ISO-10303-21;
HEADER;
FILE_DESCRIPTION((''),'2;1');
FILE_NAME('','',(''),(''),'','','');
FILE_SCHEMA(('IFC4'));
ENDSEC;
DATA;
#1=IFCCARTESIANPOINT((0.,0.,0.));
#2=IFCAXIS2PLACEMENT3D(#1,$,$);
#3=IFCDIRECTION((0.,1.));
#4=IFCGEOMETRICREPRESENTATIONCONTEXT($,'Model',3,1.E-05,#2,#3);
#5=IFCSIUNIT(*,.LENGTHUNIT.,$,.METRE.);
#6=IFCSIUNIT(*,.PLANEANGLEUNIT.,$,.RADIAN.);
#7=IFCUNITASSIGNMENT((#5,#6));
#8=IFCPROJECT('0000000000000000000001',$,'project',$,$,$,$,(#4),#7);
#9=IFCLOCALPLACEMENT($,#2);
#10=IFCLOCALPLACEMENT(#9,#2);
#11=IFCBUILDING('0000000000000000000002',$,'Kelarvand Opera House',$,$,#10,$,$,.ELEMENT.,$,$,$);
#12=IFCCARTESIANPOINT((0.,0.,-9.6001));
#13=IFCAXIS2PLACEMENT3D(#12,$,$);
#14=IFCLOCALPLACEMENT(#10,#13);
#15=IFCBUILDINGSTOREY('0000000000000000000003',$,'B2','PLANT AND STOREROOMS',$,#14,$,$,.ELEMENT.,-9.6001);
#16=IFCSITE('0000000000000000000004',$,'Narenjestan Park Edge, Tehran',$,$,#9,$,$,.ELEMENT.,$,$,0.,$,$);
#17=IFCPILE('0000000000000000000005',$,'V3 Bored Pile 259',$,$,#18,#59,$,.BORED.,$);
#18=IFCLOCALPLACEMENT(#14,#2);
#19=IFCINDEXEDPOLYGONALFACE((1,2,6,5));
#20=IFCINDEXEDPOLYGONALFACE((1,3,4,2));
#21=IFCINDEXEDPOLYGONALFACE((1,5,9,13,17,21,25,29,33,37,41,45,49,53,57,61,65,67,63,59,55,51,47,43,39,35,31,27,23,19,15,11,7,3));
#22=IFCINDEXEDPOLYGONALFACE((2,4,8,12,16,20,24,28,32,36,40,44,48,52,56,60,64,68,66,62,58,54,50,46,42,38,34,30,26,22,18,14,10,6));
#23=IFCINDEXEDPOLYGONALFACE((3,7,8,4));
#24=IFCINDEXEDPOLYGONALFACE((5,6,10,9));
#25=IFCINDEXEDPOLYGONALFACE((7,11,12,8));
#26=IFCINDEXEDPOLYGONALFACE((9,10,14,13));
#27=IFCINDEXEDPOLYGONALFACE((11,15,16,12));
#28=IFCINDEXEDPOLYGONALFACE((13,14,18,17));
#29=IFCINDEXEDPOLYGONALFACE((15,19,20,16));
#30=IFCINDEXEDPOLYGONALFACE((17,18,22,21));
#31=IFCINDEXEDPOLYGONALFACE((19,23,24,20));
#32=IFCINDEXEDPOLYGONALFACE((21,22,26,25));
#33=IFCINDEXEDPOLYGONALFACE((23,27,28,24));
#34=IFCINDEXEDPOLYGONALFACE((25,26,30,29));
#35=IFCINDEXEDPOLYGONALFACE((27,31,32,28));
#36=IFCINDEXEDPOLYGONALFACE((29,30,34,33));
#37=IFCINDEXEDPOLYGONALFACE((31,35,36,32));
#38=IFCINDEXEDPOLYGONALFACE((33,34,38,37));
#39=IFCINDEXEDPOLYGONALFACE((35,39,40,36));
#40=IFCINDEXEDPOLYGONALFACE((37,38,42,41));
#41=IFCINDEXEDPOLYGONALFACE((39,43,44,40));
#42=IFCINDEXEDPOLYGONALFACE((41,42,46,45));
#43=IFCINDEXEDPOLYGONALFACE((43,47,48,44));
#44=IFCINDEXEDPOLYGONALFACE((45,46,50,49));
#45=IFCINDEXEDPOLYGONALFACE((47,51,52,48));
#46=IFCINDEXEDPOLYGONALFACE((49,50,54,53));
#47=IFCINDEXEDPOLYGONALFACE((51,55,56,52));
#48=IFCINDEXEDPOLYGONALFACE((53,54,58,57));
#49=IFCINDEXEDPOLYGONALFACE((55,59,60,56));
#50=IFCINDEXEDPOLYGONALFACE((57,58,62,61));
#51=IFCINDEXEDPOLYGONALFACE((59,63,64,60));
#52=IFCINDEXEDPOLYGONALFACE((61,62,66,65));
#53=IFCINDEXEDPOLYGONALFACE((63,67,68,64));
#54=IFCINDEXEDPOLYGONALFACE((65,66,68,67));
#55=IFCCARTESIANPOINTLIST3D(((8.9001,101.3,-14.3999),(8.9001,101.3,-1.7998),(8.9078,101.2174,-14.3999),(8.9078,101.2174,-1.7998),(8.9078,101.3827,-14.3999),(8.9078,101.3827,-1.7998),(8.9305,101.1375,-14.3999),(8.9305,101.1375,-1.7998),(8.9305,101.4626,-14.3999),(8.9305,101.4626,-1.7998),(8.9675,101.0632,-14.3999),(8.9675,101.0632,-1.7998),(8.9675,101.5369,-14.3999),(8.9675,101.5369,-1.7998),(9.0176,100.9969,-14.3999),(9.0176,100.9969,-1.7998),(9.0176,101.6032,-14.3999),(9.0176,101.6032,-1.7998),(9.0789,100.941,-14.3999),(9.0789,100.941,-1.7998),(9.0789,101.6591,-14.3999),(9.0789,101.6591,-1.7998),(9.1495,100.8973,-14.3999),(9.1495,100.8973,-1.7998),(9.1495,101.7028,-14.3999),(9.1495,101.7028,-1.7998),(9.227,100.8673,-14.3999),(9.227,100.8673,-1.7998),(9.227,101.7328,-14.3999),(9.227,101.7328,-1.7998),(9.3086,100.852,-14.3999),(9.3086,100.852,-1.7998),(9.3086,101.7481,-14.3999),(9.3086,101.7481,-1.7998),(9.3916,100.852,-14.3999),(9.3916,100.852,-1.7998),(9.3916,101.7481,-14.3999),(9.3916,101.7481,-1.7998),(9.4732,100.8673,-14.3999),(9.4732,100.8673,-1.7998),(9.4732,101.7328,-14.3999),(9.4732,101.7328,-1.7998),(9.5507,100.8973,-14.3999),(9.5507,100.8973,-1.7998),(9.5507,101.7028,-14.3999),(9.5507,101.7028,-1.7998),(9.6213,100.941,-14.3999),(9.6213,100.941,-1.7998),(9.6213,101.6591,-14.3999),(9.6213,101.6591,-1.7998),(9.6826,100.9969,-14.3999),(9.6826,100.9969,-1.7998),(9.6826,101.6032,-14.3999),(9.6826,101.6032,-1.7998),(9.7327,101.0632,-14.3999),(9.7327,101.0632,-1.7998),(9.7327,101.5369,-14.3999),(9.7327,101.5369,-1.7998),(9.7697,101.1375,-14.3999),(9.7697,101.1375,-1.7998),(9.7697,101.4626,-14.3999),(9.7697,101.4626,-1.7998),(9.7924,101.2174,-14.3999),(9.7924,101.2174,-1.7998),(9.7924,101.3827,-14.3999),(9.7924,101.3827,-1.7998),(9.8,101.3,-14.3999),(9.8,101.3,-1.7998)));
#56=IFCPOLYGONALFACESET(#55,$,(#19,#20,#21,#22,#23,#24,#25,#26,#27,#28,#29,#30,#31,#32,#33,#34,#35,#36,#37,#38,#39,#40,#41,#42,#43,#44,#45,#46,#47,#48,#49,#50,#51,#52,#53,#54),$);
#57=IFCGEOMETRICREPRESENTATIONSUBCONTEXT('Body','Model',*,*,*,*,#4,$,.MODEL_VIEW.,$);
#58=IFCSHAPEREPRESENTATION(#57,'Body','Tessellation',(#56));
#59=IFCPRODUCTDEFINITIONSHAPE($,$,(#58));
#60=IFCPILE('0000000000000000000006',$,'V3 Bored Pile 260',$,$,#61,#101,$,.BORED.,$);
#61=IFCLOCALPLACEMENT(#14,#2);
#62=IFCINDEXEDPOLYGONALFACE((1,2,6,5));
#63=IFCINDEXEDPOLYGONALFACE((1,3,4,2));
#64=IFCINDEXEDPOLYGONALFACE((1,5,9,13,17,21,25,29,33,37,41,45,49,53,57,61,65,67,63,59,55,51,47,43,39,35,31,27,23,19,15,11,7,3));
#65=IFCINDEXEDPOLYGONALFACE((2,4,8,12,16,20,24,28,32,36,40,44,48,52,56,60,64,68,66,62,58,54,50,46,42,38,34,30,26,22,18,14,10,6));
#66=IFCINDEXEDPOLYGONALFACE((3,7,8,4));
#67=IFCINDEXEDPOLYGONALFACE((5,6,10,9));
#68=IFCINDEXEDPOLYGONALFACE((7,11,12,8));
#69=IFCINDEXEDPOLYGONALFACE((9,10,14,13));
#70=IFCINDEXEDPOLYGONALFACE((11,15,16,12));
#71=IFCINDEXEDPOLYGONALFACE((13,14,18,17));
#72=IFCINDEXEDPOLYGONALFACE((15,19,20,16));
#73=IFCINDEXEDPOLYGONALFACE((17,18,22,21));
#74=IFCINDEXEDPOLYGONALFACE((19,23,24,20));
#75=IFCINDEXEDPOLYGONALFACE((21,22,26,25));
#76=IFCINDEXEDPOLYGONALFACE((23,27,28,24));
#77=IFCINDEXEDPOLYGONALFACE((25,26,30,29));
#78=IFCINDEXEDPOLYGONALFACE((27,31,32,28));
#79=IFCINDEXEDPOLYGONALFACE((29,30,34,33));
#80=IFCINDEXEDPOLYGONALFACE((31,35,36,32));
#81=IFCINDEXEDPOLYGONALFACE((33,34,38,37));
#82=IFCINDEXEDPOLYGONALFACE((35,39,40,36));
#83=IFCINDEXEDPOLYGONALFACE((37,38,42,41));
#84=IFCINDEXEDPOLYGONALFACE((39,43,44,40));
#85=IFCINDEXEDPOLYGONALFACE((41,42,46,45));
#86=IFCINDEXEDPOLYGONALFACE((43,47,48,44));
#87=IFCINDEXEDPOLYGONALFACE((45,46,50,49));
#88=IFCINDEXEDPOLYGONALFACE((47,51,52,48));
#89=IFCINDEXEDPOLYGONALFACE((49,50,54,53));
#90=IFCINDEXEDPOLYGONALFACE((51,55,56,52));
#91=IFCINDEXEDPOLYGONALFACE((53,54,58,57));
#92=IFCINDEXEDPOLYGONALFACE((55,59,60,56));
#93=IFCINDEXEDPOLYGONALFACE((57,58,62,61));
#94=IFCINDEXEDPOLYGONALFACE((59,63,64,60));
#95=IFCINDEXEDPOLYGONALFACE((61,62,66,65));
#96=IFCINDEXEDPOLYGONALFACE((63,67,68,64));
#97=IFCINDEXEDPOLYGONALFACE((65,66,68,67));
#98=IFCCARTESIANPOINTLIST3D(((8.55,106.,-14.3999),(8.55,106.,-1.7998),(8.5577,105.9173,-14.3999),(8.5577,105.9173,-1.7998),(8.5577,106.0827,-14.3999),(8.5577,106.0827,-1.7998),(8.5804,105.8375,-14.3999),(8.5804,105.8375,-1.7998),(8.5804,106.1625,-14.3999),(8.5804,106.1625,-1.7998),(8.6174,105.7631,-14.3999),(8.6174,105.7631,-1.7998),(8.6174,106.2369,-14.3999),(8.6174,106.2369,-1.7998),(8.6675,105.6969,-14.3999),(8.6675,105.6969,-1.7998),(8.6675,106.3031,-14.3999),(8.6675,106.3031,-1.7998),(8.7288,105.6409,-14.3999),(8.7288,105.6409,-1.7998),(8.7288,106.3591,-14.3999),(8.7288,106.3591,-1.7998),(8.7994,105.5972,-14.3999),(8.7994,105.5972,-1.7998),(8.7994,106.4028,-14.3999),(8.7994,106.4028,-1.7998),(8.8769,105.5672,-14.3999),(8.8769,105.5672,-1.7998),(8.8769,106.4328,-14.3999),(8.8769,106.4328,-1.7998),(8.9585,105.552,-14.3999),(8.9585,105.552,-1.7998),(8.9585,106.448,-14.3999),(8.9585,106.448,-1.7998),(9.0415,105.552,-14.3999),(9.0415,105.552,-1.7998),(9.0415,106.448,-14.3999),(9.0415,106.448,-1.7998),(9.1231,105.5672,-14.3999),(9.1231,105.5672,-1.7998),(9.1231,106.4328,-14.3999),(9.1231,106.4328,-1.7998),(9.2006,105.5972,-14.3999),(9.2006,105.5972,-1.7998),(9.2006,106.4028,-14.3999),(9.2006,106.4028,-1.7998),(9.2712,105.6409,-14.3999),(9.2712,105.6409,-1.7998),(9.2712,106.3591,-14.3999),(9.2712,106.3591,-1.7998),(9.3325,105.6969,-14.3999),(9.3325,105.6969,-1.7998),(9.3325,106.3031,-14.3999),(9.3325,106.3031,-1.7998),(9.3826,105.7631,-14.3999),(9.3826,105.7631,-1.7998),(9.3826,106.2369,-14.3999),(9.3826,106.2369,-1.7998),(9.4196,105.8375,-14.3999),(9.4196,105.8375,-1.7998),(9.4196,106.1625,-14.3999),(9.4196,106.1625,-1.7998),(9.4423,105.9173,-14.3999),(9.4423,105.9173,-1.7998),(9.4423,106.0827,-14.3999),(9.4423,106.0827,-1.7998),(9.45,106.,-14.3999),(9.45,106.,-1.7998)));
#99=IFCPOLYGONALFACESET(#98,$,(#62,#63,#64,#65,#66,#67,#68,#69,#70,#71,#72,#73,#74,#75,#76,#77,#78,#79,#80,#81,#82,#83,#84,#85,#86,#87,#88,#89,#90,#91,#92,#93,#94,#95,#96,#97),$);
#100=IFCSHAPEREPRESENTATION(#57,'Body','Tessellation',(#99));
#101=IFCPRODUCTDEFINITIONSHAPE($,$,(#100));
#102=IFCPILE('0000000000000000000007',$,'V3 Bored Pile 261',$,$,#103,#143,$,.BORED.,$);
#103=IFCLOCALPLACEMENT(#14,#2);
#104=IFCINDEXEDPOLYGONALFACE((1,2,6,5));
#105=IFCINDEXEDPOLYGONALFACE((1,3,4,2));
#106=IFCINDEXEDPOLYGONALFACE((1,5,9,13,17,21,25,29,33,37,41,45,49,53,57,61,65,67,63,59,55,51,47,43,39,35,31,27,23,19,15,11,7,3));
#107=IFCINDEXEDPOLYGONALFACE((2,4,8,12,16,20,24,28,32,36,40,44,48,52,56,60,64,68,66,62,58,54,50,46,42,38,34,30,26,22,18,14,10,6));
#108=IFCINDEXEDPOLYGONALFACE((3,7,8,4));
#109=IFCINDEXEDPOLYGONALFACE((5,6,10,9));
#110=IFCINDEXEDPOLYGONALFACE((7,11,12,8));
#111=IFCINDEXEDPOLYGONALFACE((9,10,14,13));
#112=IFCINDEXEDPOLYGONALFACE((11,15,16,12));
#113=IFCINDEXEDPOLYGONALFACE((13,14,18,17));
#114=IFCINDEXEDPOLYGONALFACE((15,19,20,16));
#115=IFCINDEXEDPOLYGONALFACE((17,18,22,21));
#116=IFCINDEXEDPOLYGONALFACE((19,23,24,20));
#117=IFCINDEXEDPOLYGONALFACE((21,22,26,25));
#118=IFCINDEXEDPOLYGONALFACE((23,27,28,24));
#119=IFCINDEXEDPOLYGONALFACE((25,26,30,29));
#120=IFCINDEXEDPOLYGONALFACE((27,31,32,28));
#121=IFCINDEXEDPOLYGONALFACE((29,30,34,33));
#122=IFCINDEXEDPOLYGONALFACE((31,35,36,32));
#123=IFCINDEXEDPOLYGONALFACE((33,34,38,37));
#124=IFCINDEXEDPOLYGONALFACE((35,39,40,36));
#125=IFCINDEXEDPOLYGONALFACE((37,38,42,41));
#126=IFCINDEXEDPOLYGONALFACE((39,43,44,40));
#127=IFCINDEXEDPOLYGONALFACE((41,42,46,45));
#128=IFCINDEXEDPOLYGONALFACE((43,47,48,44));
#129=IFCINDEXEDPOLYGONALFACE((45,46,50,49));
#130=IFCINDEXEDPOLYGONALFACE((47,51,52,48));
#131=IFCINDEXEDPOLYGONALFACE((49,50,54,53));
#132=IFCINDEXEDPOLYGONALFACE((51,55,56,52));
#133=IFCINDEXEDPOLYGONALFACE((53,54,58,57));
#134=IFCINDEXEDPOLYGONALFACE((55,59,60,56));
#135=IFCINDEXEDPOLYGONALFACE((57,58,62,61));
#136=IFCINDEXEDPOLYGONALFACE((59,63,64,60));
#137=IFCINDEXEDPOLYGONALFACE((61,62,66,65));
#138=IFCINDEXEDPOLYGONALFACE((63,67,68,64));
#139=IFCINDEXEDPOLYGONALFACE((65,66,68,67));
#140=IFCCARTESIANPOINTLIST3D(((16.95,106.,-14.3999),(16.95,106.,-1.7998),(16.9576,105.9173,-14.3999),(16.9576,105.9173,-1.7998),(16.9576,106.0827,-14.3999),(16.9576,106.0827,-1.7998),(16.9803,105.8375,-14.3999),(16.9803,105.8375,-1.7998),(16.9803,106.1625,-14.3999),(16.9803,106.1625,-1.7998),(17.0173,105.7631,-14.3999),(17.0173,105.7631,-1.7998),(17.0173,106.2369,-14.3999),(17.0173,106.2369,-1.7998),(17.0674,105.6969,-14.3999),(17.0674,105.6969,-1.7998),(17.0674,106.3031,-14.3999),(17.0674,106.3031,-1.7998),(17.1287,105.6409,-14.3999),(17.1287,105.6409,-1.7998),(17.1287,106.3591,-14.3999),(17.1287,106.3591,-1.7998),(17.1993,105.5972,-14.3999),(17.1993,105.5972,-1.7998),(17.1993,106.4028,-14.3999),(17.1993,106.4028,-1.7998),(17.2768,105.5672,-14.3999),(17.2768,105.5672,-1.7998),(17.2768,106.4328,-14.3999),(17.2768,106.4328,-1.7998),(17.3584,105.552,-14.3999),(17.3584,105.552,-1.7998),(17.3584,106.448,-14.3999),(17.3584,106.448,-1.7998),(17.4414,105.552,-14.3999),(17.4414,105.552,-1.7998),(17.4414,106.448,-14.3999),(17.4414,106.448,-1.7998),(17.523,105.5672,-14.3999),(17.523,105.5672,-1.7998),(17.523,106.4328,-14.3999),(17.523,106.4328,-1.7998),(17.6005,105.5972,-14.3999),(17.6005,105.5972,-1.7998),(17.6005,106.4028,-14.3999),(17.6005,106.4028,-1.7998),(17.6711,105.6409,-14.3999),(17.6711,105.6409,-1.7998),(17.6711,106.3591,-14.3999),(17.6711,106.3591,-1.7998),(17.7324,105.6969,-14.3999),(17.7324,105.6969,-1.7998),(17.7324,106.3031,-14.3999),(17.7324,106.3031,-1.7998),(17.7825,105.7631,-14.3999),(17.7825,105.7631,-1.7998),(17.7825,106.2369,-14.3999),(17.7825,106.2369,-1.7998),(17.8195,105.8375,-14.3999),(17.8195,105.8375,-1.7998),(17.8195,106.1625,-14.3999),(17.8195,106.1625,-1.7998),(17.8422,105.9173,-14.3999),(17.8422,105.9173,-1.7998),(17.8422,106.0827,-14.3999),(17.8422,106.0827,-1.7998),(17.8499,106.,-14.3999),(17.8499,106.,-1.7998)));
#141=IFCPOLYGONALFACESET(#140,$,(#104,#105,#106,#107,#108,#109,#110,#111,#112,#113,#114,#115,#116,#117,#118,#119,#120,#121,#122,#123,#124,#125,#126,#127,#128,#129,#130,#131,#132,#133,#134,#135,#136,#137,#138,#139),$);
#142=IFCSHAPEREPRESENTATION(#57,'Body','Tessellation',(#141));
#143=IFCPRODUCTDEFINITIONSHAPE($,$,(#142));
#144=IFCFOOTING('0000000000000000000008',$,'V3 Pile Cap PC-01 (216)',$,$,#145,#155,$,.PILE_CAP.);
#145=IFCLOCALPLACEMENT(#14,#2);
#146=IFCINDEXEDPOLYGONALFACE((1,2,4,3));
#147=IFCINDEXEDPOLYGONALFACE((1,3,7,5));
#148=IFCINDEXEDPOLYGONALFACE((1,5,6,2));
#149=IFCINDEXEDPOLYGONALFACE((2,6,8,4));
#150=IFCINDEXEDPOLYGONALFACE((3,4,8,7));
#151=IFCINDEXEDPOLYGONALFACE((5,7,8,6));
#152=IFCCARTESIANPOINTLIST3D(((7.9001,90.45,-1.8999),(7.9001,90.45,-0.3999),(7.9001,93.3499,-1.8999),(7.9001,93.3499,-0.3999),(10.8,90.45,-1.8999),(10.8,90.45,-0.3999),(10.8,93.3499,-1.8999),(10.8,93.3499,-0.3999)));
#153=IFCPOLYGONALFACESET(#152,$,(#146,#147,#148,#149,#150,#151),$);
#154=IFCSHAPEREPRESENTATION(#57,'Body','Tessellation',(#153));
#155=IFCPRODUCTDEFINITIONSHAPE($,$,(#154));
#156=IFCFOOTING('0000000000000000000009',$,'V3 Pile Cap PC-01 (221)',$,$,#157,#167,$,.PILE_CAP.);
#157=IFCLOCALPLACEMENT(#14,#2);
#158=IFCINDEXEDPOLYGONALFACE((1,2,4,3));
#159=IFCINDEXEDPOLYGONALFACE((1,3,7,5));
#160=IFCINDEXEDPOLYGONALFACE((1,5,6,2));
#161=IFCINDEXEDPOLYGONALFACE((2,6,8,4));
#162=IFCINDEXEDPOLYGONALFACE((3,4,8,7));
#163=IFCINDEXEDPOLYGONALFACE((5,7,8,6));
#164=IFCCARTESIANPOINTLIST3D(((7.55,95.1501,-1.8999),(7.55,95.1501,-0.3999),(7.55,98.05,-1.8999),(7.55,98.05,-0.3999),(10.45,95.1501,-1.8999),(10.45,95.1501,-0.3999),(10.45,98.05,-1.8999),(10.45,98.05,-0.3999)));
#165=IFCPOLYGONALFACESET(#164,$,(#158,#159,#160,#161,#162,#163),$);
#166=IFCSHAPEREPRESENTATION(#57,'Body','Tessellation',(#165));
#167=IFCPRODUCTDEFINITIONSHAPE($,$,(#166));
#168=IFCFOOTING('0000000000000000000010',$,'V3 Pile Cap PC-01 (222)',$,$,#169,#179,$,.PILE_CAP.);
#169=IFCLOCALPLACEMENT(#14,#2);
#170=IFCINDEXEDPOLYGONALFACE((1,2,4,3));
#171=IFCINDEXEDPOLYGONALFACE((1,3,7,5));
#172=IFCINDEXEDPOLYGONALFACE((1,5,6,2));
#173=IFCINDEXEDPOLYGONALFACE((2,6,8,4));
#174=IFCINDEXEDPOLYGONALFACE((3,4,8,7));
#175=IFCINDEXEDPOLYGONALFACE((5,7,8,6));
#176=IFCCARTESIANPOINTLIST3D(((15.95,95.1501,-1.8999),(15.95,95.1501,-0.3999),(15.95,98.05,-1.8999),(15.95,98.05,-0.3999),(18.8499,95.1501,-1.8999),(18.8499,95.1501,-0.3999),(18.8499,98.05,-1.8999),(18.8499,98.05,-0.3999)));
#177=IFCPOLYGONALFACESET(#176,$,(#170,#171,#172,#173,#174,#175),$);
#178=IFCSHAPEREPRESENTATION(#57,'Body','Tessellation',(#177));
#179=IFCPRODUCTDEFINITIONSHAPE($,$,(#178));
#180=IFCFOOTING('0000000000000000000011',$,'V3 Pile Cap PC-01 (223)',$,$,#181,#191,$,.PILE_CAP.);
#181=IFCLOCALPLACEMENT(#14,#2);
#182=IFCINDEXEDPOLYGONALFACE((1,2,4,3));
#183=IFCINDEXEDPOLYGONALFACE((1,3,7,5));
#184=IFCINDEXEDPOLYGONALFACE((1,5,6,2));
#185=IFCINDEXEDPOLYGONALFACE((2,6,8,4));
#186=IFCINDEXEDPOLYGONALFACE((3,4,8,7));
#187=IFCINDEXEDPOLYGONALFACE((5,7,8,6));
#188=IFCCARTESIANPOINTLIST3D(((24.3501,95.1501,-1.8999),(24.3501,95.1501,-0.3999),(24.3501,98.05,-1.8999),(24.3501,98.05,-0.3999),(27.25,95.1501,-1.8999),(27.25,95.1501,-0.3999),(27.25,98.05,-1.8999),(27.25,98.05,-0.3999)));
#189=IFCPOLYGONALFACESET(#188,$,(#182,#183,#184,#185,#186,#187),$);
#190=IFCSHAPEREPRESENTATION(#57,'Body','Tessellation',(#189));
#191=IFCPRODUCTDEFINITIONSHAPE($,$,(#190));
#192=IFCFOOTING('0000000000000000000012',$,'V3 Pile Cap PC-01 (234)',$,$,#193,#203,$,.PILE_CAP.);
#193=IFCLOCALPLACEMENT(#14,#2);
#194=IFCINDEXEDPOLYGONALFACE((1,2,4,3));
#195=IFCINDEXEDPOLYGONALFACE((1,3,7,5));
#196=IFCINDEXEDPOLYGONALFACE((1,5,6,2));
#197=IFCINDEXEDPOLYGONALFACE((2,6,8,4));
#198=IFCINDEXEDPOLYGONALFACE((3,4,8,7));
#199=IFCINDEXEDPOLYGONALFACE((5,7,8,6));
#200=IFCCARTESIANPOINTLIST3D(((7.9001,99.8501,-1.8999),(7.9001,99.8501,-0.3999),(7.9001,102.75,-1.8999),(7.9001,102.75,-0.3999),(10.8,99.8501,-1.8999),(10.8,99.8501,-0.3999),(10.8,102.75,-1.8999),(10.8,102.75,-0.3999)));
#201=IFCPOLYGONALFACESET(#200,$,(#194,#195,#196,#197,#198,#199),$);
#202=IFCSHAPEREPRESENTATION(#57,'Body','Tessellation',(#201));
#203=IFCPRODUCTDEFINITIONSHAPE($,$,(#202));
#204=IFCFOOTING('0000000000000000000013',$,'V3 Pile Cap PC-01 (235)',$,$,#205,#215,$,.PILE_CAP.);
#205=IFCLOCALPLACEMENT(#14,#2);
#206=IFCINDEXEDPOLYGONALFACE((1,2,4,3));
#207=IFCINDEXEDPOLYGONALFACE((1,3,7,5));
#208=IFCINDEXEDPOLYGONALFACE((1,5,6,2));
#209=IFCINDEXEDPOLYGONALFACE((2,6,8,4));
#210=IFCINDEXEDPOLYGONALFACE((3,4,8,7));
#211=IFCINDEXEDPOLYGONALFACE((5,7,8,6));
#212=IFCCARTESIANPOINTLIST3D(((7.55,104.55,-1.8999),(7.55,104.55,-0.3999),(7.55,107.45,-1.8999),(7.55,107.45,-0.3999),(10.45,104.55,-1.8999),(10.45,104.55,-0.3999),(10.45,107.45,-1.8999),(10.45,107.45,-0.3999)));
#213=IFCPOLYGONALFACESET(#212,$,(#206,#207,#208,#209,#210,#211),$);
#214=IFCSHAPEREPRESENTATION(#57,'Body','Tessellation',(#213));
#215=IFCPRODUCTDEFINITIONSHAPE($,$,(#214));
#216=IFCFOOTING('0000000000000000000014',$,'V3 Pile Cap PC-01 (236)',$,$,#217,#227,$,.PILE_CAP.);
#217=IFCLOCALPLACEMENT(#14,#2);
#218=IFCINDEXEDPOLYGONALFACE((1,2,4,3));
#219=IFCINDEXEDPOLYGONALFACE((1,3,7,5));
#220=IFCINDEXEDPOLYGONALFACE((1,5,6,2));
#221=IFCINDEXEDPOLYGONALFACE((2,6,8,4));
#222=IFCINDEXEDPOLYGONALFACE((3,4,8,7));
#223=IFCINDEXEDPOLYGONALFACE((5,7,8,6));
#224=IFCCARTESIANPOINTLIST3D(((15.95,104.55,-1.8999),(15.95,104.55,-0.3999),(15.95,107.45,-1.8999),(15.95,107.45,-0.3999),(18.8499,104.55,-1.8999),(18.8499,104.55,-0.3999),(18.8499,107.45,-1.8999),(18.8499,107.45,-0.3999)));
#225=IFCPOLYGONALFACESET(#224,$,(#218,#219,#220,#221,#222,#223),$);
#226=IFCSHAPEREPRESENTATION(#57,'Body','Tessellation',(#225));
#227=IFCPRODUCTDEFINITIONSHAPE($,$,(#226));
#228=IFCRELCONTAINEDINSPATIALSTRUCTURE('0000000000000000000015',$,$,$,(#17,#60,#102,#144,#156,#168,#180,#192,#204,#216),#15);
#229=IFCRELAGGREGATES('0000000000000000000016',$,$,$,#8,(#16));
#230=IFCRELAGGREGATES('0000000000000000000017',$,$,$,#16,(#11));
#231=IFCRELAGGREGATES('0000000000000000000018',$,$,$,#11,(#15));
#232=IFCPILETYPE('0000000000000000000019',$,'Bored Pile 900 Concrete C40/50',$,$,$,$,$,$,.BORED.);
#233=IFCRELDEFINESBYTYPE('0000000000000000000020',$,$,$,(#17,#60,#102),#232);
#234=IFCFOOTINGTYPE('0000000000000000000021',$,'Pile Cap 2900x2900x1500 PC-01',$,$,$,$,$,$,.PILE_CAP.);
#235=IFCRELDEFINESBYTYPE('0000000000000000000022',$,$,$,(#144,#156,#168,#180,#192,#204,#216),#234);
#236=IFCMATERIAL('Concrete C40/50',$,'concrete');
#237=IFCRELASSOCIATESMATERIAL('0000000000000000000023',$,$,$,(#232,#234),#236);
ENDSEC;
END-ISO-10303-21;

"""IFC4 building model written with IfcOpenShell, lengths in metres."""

from ifc_helpers import new_model, si_unit, direction, frame, origin, origin_2d, place, context, subcontext, project, spatial, rectangle, circle, extrude, material, material_profile, profile_set, type_object, element, save


model = new_model("IFC4")

# Units and contexts
model_context = context("Model", 3, precision=1e-05, world=origin(), true_north=direction((0.0, 1.0)))
body_context = subcontext(model_context, "Body", "Model", "MODEL_VIEW")
ifc_project = project(units=[si_unit("LENGTHUNIT", "METRE"), si_unit("PLANEANGLEUNIT", "RADIAN")], contexts=[model_context])

# Site, building, storey
site_placement = place(None, origin())
site = spatial("IfcSite", under=ifc_project, at=site_placement, Name="Narenjestan Park Edge, Tehran", CompositionType="ELEMENT", RefElevation=0.0)
building_placement = place(site_placement, origin())
building = spatial("IfcBuilding", under=site, at=building_placement, Name="Kelarvand Opera House", CompositionType="ELEMENT")
storey_placement = place(building_placement, frame((0.0, 0.0, -9.6001)))
storey = spatial("IfcBuildingStorey", under=building, at=storey_placement, Name="B2", Description="PLANT AND STOREROOMS", CompositionType="ELEMENT", Elevation=-9.6001)

# Piles
ifc_material_1 = material(Name="Concrete C40/50", Category="concrete")
ifc_material_profile_1 = material_profile(ifc_material_1, circle(Radius=0.45, at=origin_2d()), Name="BP 900", Category="concrete")
ifc_profile_set_1 = profile_set([ifc_material_profile_1], Name="Concrete C40/50")
pile_type = type_object("IfcPileType", Name="Bored Pile 900 Concrete C40/50", PredefinedType="BORED", material=ifc_profile_set_1)
for number, where, z_axis, x_axis, name in (
    (1, (9.3501, 101.3, -1.7998), (0.0, 0.0, -1.0), (1.0, 0.0, 0.0), "V3 Bored Pile 259"),
    (2, (9.0, 106.0, -1.7998), (0.0, 0.0, -1.0), (1.0, 0.0, 0.0), "V3 Bored Pile 260"),
    (3, (17.3999, 106.0, -1.7998), (0.0, 0.0, -1.0), (1.0, 0.0, 0.0), "V3 Bored Pile 261"),
):
    element("IfcPile", number, at=place(storey_placement, frame(where, z_axis=z_axis, x_axis=x_axis)), inside=storey, type_object=pile_type, Name=name, PredefinedType="BORED", context=body_context, shape_type="SweptSolid", body=[
        extrude(circle(Radius=0.45, at=origin_2d()), origin(), (0.0, 0.0, 1.0), 12.6001),
    ])

# Footings
footing_type = type_object("IfcFootingType", Name="Pile Cap 2900x2900x1500 PC-01", PredefinedType="PILE_CAP", material=ifc_material_1)
for number, where, z_axis, x_axis, name in (
    (4, (9.3501, 91.8999, -1.8999), (0.0, 0.0, 1.0), (1.0, 0.0, 0.0), "V3 Pile Cap PC-01 (216)"),
    (5, (9.0, 96.6001, -1.8999), (0.0, 0.0, 1.0), (1.0, 0.0, 0.0), "V3 Pile Cap PC-01 (221)"),
    (6, (17.3999, 96.6001, -1.8999), (0.0, 0.0, 1.0), (1.0, 0.0, 0.0), "V3 Pile Cap PC-01 (222)"),
    (7, (25.8, 96.6001, -1.8999), (0.0, 0.0, 1.0), (1.0, 0.0, 0.0), "V3 Pile Cap PC-01 (223)"),
    (8, (9.3501, 101.3, -1.8999), (0.0, 0.0, 1.0), (1.0, 0.0, 0.0), "V3 Pile Cap PC-01 (234)"),
    (9, (9.0, 106.0, -1.8999), (0.0, 0.0, 1.0), (1.0, 0.0, 0.0), "V3 Pile Cap PC-01 (235)"),
    (10, (17.3999, 106.0, -1.8999), (0.0, 0.0, 1.0), (1.0, 0.0, 0.0), "V3 Pile Cap PC-01 (236)"),
):
    element("IfcFooting", number, at=place(storey_placement, frame(where, z_axis=z_axis, x_axis=x_axis)), inside=storey, type_object=footing_type, Name=name, PredefinedType="PILE_CAP", context=body_context, shape_type="SweptSolid", body=[
        extrude(rectangle(XDim=2.8999, YDim=2.8999, at=origin_2d()), origin(), (0.0, 0.0, 1.0), 1.5),
    ])

save(model, "model.ifc")
